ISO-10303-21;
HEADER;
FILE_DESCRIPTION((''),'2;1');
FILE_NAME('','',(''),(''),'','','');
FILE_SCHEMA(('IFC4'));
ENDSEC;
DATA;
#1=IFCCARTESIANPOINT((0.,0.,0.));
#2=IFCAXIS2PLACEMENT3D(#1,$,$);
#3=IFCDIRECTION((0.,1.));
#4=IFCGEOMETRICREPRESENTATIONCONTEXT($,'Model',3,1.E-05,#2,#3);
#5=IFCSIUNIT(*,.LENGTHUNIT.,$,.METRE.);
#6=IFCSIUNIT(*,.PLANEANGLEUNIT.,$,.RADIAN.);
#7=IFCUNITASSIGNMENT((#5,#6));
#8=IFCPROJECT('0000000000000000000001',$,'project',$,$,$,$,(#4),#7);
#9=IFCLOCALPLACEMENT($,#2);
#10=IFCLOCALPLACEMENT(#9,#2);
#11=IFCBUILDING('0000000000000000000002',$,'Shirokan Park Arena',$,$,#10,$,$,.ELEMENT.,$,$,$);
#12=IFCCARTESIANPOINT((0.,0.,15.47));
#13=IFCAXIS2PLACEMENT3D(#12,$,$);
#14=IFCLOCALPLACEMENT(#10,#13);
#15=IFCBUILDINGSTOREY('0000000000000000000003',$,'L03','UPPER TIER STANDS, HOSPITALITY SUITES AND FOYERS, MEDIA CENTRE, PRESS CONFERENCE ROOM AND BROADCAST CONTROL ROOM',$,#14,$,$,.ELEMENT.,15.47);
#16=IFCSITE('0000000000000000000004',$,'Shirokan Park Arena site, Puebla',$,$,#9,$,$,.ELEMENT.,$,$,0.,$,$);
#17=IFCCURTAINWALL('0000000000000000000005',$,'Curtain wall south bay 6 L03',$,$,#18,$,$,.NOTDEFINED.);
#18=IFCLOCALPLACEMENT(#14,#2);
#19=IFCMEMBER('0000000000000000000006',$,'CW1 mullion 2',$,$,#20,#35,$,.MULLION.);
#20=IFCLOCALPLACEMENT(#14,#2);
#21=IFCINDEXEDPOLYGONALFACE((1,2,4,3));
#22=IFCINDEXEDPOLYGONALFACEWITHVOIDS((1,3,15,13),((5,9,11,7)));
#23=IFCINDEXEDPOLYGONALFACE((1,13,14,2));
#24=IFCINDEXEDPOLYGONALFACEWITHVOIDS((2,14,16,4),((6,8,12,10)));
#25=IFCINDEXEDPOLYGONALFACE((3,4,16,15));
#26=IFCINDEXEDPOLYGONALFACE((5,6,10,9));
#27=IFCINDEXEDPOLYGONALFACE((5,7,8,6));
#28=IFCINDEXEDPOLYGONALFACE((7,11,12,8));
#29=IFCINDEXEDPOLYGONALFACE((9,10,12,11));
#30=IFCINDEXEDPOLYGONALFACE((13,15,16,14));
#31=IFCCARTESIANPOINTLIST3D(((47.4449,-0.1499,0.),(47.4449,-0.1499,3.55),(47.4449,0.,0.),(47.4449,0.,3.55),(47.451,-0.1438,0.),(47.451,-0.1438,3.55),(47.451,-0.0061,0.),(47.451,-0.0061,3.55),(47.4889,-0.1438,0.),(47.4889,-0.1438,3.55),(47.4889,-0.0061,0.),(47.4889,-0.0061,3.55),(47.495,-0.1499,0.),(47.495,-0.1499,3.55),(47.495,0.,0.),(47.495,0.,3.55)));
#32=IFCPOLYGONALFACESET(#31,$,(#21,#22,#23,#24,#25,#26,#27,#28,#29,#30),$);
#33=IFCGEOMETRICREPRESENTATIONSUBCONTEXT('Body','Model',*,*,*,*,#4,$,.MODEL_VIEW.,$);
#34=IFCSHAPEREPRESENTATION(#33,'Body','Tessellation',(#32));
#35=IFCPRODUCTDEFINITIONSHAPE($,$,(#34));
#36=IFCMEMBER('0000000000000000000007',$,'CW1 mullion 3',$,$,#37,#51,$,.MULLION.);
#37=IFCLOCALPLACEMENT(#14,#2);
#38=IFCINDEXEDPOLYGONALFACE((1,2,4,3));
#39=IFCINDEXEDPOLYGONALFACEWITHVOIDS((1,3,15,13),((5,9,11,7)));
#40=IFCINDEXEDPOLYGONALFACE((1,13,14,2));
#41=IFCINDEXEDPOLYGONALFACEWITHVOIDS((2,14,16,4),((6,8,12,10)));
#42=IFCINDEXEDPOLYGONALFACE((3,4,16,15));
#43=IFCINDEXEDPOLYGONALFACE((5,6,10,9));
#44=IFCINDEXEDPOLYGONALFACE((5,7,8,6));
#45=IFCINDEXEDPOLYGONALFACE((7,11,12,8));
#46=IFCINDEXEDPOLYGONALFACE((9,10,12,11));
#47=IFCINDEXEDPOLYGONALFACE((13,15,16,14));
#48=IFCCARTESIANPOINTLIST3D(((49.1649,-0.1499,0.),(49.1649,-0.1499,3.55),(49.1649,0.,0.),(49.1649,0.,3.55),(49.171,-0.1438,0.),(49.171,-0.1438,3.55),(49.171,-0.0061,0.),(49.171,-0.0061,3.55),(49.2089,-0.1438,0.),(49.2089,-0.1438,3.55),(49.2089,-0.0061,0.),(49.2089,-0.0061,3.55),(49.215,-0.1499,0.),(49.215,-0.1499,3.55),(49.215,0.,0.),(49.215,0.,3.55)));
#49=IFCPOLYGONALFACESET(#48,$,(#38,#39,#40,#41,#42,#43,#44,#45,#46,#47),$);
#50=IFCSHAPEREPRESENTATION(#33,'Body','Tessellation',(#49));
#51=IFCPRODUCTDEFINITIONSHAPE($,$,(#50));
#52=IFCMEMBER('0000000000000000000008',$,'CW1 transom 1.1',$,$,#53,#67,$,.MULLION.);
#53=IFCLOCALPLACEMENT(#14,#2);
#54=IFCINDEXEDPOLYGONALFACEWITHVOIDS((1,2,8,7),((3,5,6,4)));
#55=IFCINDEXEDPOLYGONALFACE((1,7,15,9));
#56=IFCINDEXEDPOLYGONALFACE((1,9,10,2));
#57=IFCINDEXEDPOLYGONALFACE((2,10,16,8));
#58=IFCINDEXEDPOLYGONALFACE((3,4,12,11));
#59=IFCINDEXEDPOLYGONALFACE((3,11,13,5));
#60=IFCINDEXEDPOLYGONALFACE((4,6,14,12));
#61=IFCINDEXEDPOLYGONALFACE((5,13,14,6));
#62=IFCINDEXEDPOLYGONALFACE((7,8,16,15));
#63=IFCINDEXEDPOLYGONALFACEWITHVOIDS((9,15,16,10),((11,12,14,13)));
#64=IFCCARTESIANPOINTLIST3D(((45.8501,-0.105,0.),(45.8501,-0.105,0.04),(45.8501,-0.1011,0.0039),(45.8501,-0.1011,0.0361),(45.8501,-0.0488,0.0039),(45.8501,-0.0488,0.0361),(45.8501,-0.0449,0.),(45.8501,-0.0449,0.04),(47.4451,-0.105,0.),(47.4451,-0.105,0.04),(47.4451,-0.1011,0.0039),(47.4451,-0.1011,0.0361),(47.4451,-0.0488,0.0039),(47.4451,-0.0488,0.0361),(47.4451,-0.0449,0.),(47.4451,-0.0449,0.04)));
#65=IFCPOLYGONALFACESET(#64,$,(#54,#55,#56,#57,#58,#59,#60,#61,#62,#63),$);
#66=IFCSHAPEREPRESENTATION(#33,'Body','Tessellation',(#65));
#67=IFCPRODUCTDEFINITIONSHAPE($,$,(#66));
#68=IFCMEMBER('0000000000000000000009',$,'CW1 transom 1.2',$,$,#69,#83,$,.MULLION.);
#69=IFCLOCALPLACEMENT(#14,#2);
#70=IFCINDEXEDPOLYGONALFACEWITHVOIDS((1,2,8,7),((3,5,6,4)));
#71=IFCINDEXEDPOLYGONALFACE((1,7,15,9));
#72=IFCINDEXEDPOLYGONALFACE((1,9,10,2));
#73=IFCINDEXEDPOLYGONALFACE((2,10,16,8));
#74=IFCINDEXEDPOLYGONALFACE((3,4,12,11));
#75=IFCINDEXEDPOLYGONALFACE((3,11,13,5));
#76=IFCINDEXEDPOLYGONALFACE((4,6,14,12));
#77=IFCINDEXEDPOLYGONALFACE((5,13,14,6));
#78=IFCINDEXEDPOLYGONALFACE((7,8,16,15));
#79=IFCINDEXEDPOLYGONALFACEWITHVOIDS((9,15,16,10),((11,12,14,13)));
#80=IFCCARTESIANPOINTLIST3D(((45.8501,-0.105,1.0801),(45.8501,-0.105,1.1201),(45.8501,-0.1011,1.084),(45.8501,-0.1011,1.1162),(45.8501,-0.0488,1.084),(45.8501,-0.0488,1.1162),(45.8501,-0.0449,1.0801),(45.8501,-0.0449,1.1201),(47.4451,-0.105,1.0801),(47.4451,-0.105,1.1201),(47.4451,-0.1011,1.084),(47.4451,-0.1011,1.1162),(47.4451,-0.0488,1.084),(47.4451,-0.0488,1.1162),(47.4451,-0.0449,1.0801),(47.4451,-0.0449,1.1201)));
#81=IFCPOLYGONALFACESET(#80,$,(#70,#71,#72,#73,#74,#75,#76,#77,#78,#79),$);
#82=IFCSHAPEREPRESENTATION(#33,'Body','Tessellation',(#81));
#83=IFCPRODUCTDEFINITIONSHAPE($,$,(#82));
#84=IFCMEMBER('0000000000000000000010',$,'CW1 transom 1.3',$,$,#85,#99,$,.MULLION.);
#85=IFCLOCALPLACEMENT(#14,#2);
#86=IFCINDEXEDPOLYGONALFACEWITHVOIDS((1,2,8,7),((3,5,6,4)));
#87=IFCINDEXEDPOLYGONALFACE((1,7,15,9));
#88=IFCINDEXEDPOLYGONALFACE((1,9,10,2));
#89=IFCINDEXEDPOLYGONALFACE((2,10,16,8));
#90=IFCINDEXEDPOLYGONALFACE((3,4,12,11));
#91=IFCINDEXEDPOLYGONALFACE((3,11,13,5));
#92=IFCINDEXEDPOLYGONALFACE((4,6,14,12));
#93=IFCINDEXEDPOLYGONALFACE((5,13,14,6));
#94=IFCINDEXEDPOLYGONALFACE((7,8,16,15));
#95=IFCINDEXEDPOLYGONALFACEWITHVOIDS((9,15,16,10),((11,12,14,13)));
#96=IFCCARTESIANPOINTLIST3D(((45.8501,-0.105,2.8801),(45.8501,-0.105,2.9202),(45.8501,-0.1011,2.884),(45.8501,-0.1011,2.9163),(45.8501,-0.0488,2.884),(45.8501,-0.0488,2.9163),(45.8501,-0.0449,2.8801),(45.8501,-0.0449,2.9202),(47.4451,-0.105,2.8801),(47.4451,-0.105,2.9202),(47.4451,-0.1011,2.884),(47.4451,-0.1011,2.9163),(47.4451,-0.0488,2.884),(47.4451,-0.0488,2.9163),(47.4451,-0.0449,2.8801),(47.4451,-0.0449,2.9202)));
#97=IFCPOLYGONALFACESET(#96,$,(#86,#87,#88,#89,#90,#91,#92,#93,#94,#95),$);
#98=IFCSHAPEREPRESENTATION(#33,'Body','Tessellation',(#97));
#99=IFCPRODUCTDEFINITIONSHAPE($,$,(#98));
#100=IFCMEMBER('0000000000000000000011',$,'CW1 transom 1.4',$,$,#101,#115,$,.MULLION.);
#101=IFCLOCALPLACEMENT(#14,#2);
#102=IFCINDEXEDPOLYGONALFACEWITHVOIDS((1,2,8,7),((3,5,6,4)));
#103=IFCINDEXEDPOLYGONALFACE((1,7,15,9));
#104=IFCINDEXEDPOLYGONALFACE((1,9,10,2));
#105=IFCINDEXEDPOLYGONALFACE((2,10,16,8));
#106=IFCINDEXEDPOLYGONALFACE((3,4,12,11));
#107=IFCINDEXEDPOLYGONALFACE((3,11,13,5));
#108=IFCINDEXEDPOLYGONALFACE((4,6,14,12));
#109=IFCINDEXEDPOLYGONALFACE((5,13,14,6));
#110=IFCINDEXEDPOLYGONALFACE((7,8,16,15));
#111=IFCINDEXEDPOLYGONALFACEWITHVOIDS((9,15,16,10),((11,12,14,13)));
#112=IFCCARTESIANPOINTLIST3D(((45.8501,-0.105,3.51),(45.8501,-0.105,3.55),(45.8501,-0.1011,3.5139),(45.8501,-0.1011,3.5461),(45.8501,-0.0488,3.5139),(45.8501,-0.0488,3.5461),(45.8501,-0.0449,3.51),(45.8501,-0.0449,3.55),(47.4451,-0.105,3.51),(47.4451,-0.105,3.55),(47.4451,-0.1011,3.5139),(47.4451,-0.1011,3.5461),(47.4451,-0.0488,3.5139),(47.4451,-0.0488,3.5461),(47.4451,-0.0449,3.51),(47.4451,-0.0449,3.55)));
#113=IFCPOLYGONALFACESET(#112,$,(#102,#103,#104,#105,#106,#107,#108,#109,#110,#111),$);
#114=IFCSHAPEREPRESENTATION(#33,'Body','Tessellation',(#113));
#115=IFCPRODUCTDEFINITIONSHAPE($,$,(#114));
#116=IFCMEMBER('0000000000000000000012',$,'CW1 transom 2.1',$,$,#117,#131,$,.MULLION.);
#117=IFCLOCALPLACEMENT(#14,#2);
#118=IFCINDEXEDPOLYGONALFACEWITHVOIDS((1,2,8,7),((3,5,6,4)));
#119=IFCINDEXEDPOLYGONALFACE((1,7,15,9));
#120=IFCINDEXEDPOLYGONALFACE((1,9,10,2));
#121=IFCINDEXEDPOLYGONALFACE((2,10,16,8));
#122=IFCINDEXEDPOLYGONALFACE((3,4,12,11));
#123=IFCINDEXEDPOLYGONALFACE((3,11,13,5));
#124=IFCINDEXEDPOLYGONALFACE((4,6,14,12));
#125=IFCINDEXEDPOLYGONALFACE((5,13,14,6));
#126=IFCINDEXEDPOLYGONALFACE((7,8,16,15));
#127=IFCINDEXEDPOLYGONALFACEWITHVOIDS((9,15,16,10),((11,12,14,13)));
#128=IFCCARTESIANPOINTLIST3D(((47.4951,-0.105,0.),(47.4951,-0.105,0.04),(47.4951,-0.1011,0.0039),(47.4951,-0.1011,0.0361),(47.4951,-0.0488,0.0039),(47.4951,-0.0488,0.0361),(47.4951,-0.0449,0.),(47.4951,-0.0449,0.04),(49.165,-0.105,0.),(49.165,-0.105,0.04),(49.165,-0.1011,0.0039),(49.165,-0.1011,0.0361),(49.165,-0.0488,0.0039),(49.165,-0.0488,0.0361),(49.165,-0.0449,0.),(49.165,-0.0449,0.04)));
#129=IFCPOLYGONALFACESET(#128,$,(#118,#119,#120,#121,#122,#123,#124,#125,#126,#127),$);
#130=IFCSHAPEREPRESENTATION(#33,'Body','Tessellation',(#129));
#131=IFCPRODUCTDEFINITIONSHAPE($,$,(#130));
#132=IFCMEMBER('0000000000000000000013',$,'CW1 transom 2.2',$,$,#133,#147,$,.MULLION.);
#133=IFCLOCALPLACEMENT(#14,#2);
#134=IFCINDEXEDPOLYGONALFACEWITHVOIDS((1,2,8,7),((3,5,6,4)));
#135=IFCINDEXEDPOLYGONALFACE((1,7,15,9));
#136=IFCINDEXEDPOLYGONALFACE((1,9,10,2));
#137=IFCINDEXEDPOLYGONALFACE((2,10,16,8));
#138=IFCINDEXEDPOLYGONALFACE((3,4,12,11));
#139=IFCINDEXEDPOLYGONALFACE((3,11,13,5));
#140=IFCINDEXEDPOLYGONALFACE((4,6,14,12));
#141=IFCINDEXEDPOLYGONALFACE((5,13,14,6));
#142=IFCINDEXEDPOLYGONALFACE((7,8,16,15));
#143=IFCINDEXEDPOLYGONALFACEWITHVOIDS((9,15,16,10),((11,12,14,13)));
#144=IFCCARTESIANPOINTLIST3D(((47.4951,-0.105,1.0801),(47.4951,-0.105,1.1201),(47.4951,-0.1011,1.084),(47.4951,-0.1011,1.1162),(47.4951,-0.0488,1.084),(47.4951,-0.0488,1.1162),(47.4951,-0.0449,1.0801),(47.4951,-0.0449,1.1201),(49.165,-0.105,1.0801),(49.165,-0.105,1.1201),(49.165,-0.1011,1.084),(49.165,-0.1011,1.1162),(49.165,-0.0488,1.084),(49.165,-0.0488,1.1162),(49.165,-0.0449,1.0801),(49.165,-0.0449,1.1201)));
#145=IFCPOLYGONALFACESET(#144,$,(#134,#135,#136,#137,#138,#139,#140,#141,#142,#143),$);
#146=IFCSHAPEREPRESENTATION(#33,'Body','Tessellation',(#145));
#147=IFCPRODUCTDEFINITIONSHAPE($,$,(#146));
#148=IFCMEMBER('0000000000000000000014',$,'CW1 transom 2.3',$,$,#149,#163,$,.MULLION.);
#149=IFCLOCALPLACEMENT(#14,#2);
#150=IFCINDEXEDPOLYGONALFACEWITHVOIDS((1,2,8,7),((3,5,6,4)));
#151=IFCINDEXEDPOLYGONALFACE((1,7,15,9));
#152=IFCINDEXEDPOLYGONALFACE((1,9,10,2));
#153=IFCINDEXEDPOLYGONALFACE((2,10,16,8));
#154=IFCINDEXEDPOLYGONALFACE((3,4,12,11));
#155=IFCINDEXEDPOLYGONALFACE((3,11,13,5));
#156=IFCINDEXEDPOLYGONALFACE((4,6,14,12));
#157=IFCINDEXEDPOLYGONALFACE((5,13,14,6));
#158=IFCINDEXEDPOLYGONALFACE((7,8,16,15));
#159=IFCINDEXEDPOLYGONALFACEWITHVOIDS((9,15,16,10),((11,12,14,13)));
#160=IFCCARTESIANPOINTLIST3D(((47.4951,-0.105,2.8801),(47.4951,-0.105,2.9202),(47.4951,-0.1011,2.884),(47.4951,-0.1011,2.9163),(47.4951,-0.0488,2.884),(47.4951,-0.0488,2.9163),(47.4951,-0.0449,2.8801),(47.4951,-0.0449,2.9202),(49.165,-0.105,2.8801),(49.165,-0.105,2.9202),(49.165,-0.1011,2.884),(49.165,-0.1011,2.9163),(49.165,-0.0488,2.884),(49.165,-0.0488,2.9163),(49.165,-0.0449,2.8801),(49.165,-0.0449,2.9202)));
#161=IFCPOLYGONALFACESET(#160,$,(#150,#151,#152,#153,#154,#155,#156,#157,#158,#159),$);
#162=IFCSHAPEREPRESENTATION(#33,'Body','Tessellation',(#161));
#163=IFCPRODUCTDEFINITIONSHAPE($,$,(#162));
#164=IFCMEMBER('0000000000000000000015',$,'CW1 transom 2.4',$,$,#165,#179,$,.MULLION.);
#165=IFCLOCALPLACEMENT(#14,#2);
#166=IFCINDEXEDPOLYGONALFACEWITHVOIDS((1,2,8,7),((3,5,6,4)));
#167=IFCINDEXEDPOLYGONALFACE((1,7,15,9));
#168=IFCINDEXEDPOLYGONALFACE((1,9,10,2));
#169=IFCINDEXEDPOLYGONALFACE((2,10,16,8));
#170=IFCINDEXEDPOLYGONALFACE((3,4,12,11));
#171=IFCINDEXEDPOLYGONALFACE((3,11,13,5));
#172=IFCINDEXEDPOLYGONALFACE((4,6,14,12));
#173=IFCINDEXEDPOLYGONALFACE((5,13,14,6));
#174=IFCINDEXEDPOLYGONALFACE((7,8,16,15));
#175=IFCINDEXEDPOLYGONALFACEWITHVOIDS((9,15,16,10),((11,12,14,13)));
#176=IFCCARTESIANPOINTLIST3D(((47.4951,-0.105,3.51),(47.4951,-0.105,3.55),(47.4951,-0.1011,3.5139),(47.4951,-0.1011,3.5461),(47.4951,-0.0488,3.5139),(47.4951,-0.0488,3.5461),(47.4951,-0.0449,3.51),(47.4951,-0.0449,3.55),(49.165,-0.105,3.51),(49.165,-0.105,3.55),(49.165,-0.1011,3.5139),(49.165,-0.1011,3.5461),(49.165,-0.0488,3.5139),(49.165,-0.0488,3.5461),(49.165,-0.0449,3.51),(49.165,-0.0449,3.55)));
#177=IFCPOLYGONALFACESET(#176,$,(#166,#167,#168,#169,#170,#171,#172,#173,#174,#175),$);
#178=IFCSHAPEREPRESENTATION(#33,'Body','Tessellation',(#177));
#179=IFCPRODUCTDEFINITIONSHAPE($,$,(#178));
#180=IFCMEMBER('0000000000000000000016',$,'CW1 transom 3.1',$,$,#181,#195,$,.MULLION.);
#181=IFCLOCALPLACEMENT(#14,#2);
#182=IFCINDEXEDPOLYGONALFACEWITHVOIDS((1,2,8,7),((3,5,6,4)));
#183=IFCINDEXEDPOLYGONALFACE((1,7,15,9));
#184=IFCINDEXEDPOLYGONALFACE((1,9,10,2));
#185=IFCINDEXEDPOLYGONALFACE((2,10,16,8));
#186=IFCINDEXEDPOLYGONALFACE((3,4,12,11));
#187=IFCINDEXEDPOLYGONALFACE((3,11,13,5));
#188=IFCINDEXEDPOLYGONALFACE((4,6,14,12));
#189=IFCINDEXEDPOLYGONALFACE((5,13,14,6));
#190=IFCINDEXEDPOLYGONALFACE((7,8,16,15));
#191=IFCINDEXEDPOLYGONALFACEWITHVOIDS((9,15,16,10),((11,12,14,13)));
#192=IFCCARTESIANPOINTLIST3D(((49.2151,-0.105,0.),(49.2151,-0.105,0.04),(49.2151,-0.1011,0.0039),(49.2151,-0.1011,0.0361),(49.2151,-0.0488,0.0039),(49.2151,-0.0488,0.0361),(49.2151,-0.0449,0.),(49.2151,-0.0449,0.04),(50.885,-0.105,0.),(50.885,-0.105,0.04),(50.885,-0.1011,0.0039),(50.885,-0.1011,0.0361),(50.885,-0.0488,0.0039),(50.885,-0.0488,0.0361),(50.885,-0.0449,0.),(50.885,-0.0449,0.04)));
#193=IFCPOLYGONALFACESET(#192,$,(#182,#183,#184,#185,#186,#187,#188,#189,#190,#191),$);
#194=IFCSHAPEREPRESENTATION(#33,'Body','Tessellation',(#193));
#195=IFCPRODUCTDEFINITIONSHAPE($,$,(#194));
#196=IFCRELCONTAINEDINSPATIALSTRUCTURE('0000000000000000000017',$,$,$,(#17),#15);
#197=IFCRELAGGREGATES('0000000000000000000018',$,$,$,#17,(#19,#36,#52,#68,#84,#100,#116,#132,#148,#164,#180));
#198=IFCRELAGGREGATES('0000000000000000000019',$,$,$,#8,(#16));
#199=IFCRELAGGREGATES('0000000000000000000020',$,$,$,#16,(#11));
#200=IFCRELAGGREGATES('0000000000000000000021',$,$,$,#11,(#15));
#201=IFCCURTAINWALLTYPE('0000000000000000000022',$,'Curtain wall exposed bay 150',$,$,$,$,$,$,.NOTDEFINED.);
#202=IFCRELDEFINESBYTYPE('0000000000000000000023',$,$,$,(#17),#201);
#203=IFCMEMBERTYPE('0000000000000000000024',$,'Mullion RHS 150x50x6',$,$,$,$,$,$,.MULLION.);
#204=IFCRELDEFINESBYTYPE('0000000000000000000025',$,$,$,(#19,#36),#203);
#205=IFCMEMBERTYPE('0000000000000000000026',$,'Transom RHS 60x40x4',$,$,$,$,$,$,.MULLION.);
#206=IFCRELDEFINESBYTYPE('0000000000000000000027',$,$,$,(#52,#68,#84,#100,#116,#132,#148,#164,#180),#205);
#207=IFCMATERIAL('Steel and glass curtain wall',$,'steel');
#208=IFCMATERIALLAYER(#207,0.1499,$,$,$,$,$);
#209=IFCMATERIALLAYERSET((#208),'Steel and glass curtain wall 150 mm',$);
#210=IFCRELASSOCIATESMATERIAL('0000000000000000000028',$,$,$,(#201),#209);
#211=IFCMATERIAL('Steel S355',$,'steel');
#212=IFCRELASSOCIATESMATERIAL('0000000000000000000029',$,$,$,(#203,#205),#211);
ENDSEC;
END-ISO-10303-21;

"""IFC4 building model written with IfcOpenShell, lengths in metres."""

from ifc_helpers import new_model, si_unit, direction, frame, origin, origin_2d, place, context, subcontext, project, spatial, hollow_rectangle, extrude, material, layer, layer_set, material_profile, profile_set, type_object, element, aggregate, save


model = new_model("IFC4")

# Units and contexts
model_context = context("Model", 3, precision=1e-05, world=origin(), true_north=direction((0.0, 1.0)))
body_context = subcontext(model_context, "Body", "Model", "MODEL_VIEW")
ifc_project = project(units=[si_unit("LENGTHUNIT", "METRE"), si_unit("PLANEANGLEUNIT", "RADIAN")], contexts=[model_context])

# Site, building, storey
site_placement = place(None, origin())
site = spatial("IfcSite", under=ifc_project, at=site_placement, Name="Shirokan Park Arena site, Puebla", CompositionType="ELEMENT", RefElevation=0.0)
building_placement = place(site_placement, origin())
building = spatial("IfcBuilding", under=site, at=building_placement, Name="Shirokan Park Arena", CompositionType="ELEMENT")
storey_placement = place(building_placement, frame((0.0, 0.0, 15.47)))
storey = spatial("IfcBuildingStorey", under=building, at=storey_placement, Name="L03", Description="UPPER TIER STANDS, HOSPITALITY SUITES AND FOYERS, MEDIA CENTRE, PRESS CONFERENCE ROOM AND BROADCAST CONTROL ROOM", CompositionType="ELEMENT", Elevation=15.47)

# Curtain wall, members
ifc_material_1 = material(Name="Steel and glass curtain wall", Category="steel")
ifc_layer_1 = layer(ifc_material_1, 0.1499)
ifc_layer_set_1 = layer_set([ifc_layer_1], Name="Steel and glass curtain wall 150 mm")
curtain_wall_type = type_object("IfcCurtainWallType", Name="Curtain wall exposed bay 150", PredefinedType="NOTDEFINED", material=ifc_layer_set_1)
curtain_wall_placement = place(storey_placement, origin())
curtain_wall = element("IfcCurtainWall", 1, at=curtain_wall_placement, inside=storey, type_object=curtain_wall_type, Name="Curtain wall south bay 6 L03", PredefinedType="NOTDEFINED")
ifc_material_2 = material(Name="Steel S355", Category="steel")
ifc_material_profile_1 = material_profile(ifc_material_2, hollow_rectangle(XDim=0.1499, YDim=0.05, WallThickness=0.0061, at=origin_2d()), Name="RHS 150x50x6")
ifc_profile_set_1 = profile_set([ifc_material_profile_1], Name="Steel S355")
member_type_1 = type_object("IfcMemberType", Name="Mullion RHS 150x50x6", PredefinedType="MULLION", material=ifc_profile_set_1)
member_1_placement = place(storey_placement, frame((47.47, -0.075, 0.0), z_axis=(0.0, 0.0, 1.0), x_axis=(0.0, 1.0, 0.0)))
member_1 = element("IfcMember", 2, at=member_1_placement, type_object=member_type_1, Name="CW1 mullion 2", PredefinedType="MULLION", context=body_context, shape_type="SweptSolid", body=[
    extrude(hollow_rectangle(XDim=0.1499, YDim=0.05, WallThickness=0.0061, at=origin_2d()), origin(), (0.0, 0.0, 1.0), 3.55),
])
member_2_placement = place(storey_placement, frame((49.1899, -0.075, 0.0), z_axis=(0.0, 0.0, 1.0), x_axis=(0.0, 1.0, 0.0)))
member_2 = element("IfcMember", 3, at=member_2_placement, type_object=member_type_1, Name="CW1 mullion 3", PredefinedType="MULLION", context=body_context, shape_type="SweptSolid", body=[
    extrude(hollow_rectangle(XDim=0.1499, YDim=0.05, WallThickness=0.0061, at=origin_2d()), origin(), (0.0, 0.0, 1.0), 3.55),
])
ifc_material_profile_2 = material_profile(ifc_material_2, hollow_rectangle(XDim=0.0601, YDim=0.04, WallThickness=0.0039, at=origin_2d()), Name="RHS 60x40x4")
ifc_profile_set_2 = profile_set([ifc_material_profile_2], Name="Steel S355")
member_type_2 = type_object("IfcMemberType", Name="Transom RHS 60x40x4", PredefinedType="MULLION", material=ifc_profile_set_2)
member_3_placement = place(storey_placement, frame((45.8501, -0.075, 0.02), z_axis=(1.0, 0.0, 0.0), x_axis=(0.0, 1.0, 0.0)))
member_3 = element("IfcMember", 4, at=member_3_placement, type_object=member_type_2, Name="CW1 transom 1.1", PredefinedType="MULLION", context=body_context, shape_type="SweptSolid", body=[
    extrude(hollow_rectangle(XDim=0.0601, YDim=0.04, WallThickness=0.0039, at=origin_2d()), origin(), (0.0, 0.0, 1.0), 1.595),
])
member_4_placement = place(storey_placement, frame((45.8501, -0.075, 1.1001), z_axis=(1.0, 0.0, 0.0), x_axis=(0.0, 1.0, 0.0)))
member_4 = element("IfcMember", 5, at=member_4_placement, type_object=member_type_2, Name="CW1 transom 1.2", PredefinedType="MULLION", context=body_context, shape_type="SweptSolid", body=[
    extrude(hollow_rectangle(XDim=0.0601, YDim=0.04, WallThickness=0.0039, at=origin_2d()), origin(), (0.0, 0.0, 1.0), 1.595),
])
member_5_placement = place(storey_placement, frame((45.8501, -0.075, 2.9001), z_axis=(1.0, 0.0, 0.0), x_axis=(0.0, 1.0, 0.0)))
member_5 = element("IfcMember", 6, at=member_5_placement, type_object=member_type_2, Name="CW1 transom 1.3", PredefinedType="MULLION", context=body_context, shape_type="SweptSolid", body=[
    extrude(hollow_rectangle(XDim=0.0601, YDim=0.04, WallThickness=0.0039, at=origin_2d()), origin(), (0.0, 0.0, 1.0), 1.595),
])
member_6_placement = place(storey_placement, frame((45.8501, -0.075, 3.53), z_axis=(1.0, 0.0, 0.0), x_axis=(0.0, 1.0, 0.0)))
member_6 = element("IfcMember", 7, at=member_6_placement, type_object=member_type_2, Name="CW1 transom 1.4", PredefinedType="MULLION", context=body_context, shape_type="SweptSolid", body=[
    extrude(hollow_rectangle(XDim=0.0601, YDim=0.04, WallThickness=0.0039, at=origin_2d()), origin(), (0.0, 0.0, 1.0), 1.595),
])
member_7_placement = place(storey_placement, frame((47.4951, -0.075, 0.02), z_axis=(1.0, 0.0, 0.0), x_axis=(0.0, 1.0, 0.0)))
member_7 = element("IfcMember", 8, at=member_7_placement, type_object=member_type_2, Name="CW1 transom 2.1", PredefinedType="MULLION", context=body_context, shape_type="SweptSolid", body=[
    extrude(hollow_rectangle(XDim=0.0601, YDim=0.04, WallThickness=0.0039, at=origin_2d()), origin(), (0.0, 0.0, 1.0), 1.6699),
])
member_8_placement = place(storey_placement, frame((47.4951, -0.075, 1.1001), z_axis=(1.0, 0.0, 0.0), x_axis=(0.0, 1.0, 0.0)))
member_8 = element("IfcMember", 9, at=member_8_placement, type_object=member_type_2, Name="CW1 transom 2.2", PredefinedType="MULLION", context=body_context, shape_type="SweptSolid", body=[
    extrude(hollow_rectangle(XDim=0.0601, YDim=0.04, WallThickness=0.0039, at=origin_2d()), origin(), (0.0, 0.0, 1.0), 1.6699),
])
member_9_placement = place(storey_placement, frame((47.4951, -0.075, 2.9001), z_axis=(1.0, 0.0, 0.0), x_axis=(0.0, 1.0, 0.0)))
member_9 = element("IfcMember", 10, at=member_9_placement, type_object=member_type_2, Name="CW1 transom 2.3", PredefinedType="MULLION", context=body_context, shape_type="SweptSolid", body=[
    extrude(hollow_rectangle(XDim=0.0601, YDim=0.04, WallThickness=0.0039, at=origin_2d()), origin(), (0.0, 0.0, 1.0), 1.6699),
])
member_10_placement = place(storey_placement, frame((47.4951, -0.075, 3.53), z_axis=(1.0, 0.0, 0.0), x_axis=(0.0, 1.0, 0.0)))
member_10 = element("IfcMember", 11, at=member_10_placement, type_object=member_type_2, Name="CW1 transom 2.4", PredefinedType="MULLION", context=body_context, shape_type="SweptSolid", body=[
    extrude(hollow_rectangle(XDim=0.0601, YDim=0.04, WallThickness=0.0039, at=origin_2d()), origin(), (0.0, 0.0, 1.0), 1.6699),
])
member_11_placement = place(storey_placement, frame((49.2151, -0.075, 0.02), z_axis=(1.0, 0.0, 0.0), x_axis=(0.0, 1.0, 0.0)))
member_11 = element("IfcMember", 12, at=member_11_placement, type_object=member_type_2, Name="CW1 transom 3.1", PredefinedType="MULLION", context=body_context, shape_type="SweptSolid", body=[
    extrude(hollow_rectangle(XDim=0.0601, YDim=0.04, WallThickness=0.0039, at=origin_2d()), origin(), (0.0, 0.0, 1.0), 1.6699),
])
aggregate(curtain_wall, [member_1, member_2, member_3, member_4, member_5, member_6, member_7, member_8, member_9, member_10, member_11])

save(model, "model.ifc")
